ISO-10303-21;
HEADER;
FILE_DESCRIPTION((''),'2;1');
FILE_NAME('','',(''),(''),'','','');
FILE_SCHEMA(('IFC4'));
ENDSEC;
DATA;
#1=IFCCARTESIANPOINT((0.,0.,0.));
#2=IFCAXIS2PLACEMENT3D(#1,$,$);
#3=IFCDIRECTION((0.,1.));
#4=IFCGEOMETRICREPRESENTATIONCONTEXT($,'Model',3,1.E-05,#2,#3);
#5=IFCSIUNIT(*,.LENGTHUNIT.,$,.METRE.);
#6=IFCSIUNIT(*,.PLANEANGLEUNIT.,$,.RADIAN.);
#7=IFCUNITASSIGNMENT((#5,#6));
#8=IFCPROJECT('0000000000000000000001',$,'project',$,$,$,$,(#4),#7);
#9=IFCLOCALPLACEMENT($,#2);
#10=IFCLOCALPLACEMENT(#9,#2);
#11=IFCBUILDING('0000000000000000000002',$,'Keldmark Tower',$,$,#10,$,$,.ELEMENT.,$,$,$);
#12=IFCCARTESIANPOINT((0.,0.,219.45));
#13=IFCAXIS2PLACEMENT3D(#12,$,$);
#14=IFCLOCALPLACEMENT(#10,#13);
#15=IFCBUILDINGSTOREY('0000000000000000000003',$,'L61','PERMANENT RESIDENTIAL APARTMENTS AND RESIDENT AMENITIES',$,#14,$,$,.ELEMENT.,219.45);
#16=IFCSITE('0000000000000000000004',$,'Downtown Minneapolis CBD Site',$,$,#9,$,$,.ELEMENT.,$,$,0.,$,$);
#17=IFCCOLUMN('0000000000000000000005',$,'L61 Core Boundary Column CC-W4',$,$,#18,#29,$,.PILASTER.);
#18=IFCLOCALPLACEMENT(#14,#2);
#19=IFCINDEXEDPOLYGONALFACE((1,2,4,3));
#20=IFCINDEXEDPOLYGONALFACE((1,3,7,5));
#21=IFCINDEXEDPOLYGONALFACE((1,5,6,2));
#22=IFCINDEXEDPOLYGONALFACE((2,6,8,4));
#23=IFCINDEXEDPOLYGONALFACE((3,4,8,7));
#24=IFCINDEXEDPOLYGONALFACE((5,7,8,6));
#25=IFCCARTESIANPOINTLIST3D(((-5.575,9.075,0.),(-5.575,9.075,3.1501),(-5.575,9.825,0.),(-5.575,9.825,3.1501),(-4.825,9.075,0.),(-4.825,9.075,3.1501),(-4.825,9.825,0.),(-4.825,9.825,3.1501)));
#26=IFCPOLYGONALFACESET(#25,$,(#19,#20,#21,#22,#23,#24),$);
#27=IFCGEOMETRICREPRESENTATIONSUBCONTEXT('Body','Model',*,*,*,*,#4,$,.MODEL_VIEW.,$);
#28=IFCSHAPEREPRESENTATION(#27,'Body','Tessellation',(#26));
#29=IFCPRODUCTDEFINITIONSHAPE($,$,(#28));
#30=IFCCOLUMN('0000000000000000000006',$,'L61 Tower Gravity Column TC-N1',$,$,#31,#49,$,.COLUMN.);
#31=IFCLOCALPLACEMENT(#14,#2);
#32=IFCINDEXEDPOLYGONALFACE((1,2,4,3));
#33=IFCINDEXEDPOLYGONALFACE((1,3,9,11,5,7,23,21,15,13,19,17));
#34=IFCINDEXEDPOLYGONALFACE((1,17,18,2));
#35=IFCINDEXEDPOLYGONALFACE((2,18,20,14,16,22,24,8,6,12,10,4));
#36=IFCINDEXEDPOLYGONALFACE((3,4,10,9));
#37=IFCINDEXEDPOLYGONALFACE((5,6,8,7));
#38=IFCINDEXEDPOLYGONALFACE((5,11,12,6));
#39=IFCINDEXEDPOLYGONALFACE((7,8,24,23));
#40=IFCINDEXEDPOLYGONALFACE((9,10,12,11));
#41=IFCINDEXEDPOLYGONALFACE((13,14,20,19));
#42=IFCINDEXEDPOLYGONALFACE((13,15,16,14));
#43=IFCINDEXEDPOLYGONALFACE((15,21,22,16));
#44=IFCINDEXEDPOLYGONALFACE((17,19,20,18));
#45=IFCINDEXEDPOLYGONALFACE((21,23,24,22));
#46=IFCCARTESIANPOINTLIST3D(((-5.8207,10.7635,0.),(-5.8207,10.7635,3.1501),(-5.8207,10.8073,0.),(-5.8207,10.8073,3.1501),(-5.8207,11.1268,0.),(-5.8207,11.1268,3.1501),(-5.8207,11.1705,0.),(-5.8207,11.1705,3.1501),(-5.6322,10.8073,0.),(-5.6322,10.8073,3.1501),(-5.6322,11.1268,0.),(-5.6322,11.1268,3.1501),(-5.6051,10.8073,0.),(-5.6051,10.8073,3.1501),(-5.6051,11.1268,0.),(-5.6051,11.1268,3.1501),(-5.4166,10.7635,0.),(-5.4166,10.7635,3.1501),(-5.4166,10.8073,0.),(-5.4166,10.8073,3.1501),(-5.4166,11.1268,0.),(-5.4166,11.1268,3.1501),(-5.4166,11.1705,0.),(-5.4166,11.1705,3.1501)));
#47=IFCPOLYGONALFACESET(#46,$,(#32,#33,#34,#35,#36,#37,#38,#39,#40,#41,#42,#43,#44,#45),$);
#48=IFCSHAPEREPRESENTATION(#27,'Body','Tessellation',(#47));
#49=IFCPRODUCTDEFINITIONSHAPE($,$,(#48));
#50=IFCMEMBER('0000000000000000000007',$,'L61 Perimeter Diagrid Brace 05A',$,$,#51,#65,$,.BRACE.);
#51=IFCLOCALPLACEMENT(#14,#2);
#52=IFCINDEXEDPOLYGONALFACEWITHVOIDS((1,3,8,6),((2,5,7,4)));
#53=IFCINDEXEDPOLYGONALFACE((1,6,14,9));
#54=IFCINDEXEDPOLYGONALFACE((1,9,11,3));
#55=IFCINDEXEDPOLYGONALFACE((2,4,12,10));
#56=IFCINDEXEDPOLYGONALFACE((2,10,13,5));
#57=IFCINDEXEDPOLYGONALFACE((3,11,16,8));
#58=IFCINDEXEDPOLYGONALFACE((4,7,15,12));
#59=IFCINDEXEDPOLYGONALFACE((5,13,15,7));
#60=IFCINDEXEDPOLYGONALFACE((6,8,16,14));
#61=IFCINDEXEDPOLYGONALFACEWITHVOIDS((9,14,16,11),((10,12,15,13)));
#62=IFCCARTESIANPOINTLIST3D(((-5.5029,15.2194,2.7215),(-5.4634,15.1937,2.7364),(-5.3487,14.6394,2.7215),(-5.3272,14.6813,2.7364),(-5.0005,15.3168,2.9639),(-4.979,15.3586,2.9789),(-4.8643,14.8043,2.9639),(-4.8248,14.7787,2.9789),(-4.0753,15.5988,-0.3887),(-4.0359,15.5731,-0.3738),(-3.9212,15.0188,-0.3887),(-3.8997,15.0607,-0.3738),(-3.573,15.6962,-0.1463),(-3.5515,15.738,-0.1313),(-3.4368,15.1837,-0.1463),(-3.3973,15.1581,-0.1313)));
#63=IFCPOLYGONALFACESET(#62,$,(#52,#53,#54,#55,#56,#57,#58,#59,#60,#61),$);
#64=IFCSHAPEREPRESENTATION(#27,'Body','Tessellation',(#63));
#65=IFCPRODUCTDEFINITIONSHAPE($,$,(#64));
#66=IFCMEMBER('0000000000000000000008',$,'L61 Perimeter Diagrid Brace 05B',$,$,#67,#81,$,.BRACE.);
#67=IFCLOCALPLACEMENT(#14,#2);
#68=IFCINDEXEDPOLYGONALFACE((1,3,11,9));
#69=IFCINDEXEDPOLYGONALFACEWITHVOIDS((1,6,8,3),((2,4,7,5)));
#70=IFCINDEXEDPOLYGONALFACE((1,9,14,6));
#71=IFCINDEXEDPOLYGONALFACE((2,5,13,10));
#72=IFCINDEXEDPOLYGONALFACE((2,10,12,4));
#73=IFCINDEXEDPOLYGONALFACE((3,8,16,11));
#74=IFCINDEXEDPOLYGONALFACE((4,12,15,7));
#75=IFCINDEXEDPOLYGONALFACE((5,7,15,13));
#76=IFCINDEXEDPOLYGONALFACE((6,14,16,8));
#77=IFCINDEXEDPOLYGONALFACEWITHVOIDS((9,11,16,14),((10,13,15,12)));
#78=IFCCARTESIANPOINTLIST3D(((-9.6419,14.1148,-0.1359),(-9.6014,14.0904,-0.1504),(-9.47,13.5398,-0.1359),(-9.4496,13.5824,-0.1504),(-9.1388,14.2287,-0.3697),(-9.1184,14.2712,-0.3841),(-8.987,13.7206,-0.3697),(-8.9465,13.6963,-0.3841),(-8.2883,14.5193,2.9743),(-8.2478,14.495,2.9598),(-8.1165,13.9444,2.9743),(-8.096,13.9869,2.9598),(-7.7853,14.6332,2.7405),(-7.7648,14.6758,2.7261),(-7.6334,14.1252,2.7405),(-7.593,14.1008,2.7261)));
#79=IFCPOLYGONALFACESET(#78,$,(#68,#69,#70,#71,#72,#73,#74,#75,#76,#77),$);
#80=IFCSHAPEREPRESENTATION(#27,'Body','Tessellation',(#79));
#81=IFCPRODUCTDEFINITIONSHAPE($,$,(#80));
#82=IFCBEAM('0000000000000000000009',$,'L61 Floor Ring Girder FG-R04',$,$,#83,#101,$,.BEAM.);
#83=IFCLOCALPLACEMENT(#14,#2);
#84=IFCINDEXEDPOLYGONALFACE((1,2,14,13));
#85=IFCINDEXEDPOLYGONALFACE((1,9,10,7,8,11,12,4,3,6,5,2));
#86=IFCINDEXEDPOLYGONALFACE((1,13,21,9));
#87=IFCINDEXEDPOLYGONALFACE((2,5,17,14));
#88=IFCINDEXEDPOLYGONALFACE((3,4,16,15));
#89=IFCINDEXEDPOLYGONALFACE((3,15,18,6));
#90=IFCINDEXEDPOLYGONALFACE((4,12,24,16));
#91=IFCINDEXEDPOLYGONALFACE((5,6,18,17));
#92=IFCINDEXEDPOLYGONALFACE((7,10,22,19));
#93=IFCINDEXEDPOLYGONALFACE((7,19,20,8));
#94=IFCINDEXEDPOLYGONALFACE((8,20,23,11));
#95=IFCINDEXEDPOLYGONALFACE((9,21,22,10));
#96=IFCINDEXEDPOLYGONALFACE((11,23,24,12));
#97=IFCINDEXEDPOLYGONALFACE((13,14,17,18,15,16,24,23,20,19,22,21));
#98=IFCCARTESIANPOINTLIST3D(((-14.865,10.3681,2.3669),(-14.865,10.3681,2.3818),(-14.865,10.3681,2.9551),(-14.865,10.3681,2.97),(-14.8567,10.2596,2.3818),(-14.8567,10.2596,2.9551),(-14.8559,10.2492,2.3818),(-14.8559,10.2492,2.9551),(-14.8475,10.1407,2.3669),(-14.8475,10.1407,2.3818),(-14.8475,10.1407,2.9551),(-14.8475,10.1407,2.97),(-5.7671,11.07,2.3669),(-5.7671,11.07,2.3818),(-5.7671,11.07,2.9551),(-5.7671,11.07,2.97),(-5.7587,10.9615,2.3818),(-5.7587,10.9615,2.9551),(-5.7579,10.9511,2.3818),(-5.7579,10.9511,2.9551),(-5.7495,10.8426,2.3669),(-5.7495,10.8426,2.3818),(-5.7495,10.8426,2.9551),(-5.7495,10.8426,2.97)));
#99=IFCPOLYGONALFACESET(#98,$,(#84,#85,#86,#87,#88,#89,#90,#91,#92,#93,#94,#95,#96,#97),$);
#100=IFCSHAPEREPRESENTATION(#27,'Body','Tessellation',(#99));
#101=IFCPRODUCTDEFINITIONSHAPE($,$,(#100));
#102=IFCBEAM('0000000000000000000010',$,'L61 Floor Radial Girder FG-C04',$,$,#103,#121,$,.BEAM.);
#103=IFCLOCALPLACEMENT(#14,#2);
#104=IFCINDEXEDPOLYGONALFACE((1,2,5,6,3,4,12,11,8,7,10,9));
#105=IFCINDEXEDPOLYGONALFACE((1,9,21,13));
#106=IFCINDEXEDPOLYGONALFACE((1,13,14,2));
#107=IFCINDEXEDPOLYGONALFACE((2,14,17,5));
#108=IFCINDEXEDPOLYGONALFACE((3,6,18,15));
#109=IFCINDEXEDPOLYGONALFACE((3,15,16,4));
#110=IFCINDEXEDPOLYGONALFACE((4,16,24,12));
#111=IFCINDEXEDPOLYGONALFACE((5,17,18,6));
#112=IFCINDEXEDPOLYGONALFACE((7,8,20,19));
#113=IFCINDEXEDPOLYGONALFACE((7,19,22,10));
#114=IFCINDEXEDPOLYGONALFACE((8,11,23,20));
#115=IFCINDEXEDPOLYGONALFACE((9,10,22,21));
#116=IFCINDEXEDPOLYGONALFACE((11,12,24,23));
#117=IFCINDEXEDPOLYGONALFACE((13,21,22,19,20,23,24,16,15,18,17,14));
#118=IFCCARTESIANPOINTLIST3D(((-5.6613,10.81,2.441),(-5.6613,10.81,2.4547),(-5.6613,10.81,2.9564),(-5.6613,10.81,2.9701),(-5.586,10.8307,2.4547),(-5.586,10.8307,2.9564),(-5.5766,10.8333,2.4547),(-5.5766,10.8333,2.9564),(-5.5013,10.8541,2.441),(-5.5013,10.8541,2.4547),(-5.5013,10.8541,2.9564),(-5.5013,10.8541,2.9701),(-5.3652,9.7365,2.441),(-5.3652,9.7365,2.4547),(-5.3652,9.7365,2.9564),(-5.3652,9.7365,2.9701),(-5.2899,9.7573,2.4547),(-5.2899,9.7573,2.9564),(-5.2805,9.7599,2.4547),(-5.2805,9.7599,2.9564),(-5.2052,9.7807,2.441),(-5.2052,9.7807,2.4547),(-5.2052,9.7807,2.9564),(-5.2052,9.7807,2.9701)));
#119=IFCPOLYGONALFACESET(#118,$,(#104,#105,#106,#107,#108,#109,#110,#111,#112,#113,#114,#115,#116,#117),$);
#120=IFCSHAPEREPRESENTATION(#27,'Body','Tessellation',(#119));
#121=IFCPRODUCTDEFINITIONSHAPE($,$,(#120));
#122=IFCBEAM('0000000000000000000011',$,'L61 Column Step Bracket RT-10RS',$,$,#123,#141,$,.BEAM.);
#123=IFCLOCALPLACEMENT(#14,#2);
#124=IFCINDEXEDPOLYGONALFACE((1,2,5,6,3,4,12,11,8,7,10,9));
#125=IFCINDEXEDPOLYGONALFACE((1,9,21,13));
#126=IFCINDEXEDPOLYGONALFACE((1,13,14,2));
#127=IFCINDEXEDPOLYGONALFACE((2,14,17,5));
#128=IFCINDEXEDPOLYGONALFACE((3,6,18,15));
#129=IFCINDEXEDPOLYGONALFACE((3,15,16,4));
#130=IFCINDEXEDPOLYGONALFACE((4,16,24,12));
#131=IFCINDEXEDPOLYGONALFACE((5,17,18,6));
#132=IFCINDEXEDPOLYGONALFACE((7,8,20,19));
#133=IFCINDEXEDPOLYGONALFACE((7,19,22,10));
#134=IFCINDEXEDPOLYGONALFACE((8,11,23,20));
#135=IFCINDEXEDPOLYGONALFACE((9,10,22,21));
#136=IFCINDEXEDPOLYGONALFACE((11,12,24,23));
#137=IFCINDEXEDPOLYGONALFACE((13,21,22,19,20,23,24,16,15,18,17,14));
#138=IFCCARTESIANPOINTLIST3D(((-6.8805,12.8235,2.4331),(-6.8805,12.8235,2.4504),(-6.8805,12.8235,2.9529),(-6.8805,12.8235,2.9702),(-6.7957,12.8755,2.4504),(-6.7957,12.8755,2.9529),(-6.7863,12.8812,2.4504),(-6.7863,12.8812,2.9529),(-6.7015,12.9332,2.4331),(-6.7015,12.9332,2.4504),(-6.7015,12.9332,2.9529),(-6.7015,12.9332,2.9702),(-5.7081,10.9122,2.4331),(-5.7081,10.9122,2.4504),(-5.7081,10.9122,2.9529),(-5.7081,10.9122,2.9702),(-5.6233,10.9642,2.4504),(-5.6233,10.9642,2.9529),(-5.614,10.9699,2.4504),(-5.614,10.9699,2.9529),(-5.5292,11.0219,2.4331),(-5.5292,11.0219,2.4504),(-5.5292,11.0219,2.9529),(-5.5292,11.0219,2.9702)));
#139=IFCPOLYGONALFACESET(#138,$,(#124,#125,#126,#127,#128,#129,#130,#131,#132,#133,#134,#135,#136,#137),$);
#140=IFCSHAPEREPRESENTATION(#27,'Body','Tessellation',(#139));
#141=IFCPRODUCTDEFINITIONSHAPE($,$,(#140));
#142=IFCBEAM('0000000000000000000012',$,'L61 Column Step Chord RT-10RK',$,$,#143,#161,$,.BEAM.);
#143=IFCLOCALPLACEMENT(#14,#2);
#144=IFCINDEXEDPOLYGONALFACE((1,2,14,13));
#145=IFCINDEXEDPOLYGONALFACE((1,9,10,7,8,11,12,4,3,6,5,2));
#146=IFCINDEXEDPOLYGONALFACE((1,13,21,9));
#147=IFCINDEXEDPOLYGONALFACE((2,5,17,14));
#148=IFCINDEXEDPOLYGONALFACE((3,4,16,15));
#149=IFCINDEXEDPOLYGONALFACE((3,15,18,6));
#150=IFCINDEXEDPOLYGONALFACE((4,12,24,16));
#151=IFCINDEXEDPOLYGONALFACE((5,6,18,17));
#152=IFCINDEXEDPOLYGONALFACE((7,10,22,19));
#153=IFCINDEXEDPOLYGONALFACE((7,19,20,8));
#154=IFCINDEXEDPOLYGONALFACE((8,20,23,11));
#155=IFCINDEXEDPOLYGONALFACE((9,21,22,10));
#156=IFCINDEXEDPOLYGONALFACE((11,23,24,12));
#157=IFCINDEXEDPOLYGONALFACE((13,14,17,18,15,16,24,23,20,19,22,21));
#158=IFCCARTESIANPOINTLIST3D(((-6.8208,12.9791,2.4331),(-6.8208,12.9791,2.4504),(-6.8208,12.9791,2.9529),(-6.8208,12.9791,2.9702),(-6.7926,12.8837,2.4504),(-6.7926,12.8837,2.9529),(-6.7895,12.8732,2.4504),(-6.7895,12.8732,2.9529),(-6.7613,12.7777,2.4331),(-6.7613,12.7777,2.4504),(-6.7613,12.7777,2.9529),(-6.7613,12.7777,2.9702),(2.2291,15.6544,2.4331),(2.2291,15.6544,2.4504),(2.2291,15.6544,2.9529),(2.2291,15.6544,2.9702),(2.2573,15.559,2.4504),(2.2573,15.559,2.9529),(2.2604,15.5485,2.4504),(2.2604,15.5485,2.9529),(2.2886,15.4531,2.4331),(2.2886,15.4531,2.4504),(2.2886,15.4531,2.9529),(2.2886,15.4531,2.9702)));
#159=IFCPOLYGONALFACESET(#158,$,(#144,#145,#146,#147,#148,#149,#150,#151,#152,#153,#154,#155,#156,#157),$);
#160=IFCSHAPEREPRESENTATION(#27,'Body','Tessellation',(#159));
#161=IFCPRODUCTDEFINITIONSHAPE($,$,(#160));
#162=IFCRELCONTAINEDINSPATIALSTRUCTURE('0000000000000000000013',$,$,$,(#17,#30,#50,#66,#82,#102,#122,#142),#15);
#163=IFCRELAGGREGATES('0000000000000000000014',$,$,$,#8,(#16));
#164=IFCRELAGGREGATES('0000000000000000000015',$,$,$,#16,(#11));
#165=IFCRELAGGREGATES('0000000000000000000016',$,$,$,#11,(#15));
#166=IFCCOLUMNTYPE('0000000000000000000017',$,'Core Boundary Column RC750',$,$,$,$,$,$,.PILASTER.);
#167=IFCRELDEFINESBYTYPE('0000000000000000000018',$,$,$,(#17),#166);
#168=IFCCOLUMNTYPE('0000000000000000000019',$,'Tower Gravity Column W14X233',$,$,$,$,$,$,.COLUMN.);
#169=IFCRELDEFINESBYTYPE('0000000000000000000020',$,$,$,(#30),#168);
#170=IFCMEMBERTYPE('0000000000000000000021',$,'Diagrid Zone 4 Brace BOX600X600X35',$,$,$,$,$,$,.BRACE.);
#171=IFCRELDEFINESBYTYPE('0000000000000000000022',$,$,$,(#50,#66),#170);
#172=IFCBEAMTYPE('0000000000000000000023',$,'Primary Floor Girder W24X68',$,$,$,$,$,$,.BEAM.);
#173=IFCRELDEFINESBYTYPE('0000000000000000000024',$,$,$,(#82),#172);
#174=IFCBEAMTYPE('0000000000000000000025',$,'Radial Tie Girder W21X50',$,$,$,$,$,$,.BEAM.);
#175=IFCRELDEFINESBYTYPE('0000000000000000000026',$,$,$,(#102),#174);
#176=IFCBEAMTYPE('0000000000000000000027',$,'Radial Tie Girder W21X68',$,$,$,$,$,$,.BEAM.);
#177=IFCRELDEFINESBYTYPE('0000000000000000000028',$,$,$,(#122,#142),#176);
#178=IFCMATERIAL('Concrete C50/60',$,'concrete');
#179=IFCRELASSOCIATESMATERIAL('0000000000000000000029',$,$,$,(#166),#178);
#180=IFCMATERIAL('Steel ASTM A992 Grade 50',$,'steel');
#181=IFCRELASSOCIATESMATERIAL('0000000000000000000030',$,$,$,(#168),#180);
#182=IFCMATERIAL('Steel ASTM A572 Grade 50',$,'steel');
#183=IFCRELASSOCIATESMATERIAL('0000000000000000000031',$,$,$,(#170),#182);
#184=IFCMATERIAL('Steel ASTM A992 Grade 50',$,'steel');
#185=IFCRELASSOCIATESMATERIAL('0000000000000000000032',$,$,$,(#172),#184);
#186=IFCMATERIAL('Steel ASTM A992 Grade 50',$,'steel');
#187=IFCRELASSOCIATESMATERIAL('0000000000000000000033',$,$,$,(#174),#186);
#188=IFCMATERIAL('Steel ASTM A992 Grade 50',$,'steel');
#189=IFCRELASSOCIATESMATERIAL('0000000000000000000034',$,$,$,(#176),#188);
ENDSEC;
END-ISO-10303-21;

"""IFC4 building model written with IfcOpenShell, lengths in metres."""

from ifc_helpers import new_model, si_unit, direction, frame, origin, origin_2d, place, context, subcontext, project, spatial, rectangle, hollow_rectangle, i_section, extrude, material, material_profile, profile_set, type_object, element, save


model = new_model("IFC4")

# Units and contexts
model_context = context("Model", 3, precision=1e-05, world=origin(), true_north=direction((0.0, 1.0)))
body_context = subcontext(model_context, "Body", "Model", "MODEL_VIEW")
ifc_project = project(units=[si_unit("LENGTHUNIT", "METRE"), si_unit("PLANEANGLEUNIT", "RADIAN")], contexts=[model_context])

# Site, building, storey
site_placement = place(None, origin())
site = spatial("IfcSite", under=ifc_project, at=site_placement, Name="Downtown Minneapolis CBD Site", CompositionType="ELEMENT", RefElevation=0.0)
building_placement = place(site_placement, origin())
building = spatial("IfcBuilding", under=site, at=building_placement, Name="Keldmark Tower", CompositionType="ELEMENT")
storey_placement = place(building_placement, frame((0.0, 0.0, 219.45)))
storey = spatial("IfcBuildingStorey", under=building, at=storey_placement, Name="L61", Description="PERMANENT RESIDENTIAL APARTMENTS AND RESIDENT AMENITIES", CompositionType="ELEMENT", Elevation=219.45)

# Columns
ifc_material_1 = material(Name="Concrete C50/60", Category="concrete")
ifc_material_profile_1 = material_profile(ifc_material_1, rectangle(XDim=0.75, YDim=0.75, at=origin_2d()), Name="RC750X750")
ifc_profile_set_1 = profile_set([ifc_material_profile_1], Name="Concrete C50/60")
column_type_1 = type_object("IfcColumnType", Name="Core Boundary Column RC750", PredefinedType="PILASTER", material=ifc_profile_set_1)
column_1_placement = place(storey_placement, frame((-5.2, 9.45, 0.0), z_axis=(0.0, 0.0, 1.0), x_axis=(1.0, 0.0, 0.0)))
element("IfcColumn", 1, at=column_1_placement, inside=storey, type_object=column_type_1, Name="L61 Core Boundary Column CC-W4", PredefinedType="PILASTER", context=body_context, shape_type="SweptSolid", body=[
    extrude(rectangle(XDim=0.75, YDim=0.75, at=origin_2d()), origin(), (0.0, 0.0, 1.0), 3.1501),
])
ifc_material_2 = material(Name="Steel ASTM A992 Grade 50", Category="steel")
ifc_material_profile_2 = material_profile(ifc_material_2, i_section(OverallWidth=0.4041, OverallDepth=0.407, WebThickness=0.0271, FlangeThickness=0.0437, at=origin_2d()), Name="W14X233")
ifc_profile_set_2 = profile_set([ifc_material_profile_2], Name="Steel ASTM A992 Grade 50")
column_type_2 = type_object("IfcColumnType", Name="Tower Gravity Column W14X233", PredefinedType="COLUMN", material=ifc_profile_set_2)
column_2_placement = place(storey_placement, frame((-5.6187, 10.967, 0.0), z_axis=(0.0, 0.0, 1.0), x_axis=(1.0, 0.0, 0.0)))
element("IfcColumn", 2, at=column_2_placement, inside=storey, type_object=column_type_2, Name="L61 Tower Gravity Column TC-N1", PredefinedType="COLUMN", context=body_context, shape_type="SweptSolid", body=[
    extrude(i_section(OverallWidth=0.4041, OverallDepth=0.407, WebThickness=0.0271, FlangeThickness=0.0437, at=origin_2d()), origin(), (0.0, 0.0, 1.0), 3.1501),
])

# Members
ifc_material_3 = material(Name="Steel ASTM A572 Grade 50", Category="steel")
ifc_material_profile_3 = material_profile(ifc_material_3, hollow_rectangle(XDim=0.6001, YDim=0.6001, WallThickness=0.0349, at=origin_2d()), Name="BOX600X600X35")
ifc_profile_set_3 = profile_set([ifc_material_profile_3], Name="Steel ASTM A572 Grade 50")
member_type = type_object("IfcMemberType", Name="Diagrid Zone 4 Brace BOX600X600X35", PredefinedType="BRACE", material=ifc_profile_set_3)
member_1_placement = place(storey_placement, frame((-3.7363, 15.3784, -0.26), z_axis=(-0.414603, -0.110192, 0.903306), x_axis=(0.25686, -0.966449, 0.0)))
element("IfcMember", 3, at=member_1_placement, inside=storey, type_object=member_type, Name="L61 Perimeter Diagrid Brace 05A", PredefinedType="BRACE", context=body_context, shape_type="SweptSolid", body=[
    extrude(hollow_rectangle(XDim=0.6001, YDim=0.6001, WallThickness=0.0349, at=origin_2d()), origin(), (0.0, 0.0, 1.0), 3.4431),
])
member_2_placement = place(storey_placement, frame((-9.2942, 13.9055, -0.26), z_axis=(0.396239, 0.118429, 0.910478), x_axis=(-0.286365, 0.958121, 0.0)))
element("IfcMember", 4, at=member_2_placement, inside=storey, type_object=member_type, Name="L61 Perimeter Diagrid Brace 05B", PredefinedType="BRACE", context=body_context, shape_type="SweptSolid", body=[
    extrude(hollow_rectangle(XDim=0.6001, YDim=0.6001, WallThickness=0.0349, at=origin_2d()), origin(), (0.0, 0.0, 1.0), 3.416),
])

# Beams
ifc_material_4 = material(Name="Steel ASTM A992 Grade 50", Category="steel")
ifc_material_profile_4 = material_profile(ifc_material_4, i_section(OverallWidth=0.228, OverallDepth=0.603, WebThickness=0.0105, FlangeThickness=0.0149, at=origin_2d()), Name="W24X68")
ifc_profile_set_4 = profile_set([ifc_material_profile_4], Name="Steel ASTM A992 Grade 50")
beam_type_1 = type_object("IfcBeamType", Name="Primary Floor Girder W24X68", PredefinedType="BEAM", material=ifc_profile_set_4)
beam_1_placement = place(storey_placement, frame((-5.7583, 10.9563, 2.6685), z_axis=(-0.997037, -0.076922, 0.0), x_axis=(0.076922, -0.997037, 0.0)))
element("IfcBeam", 5, at=beam_1_placement, inside=storey, type_object=beam_type_1, Name="L61 Floor Ring Girder FG-R04", PredefinedType="BEAM", context=body_context, shape_type="SweptSolid", body=[
    extrude(i_section(OverallWidth=0.228, OverallDepth=0.603, WebThickness=0.0105, FlangeThickness=0.0149, at=origin_2d()), origin(), (0.0, 0.0, 1.0), 9.125),
])
ifc_material_5 = material(Name="Steel ASTM A992 Grade 50", Category="steel")
ifc_material_profile_5 = material_profile(ifc_material_5, i_section(OverallWidth=0.166, OverallDepth=0.5291, WebThickness=0.0098, FlangeThickness=0.0137, at=origin_2d()), Name="W21X50")
ifc_profile_set_5 = profile_set([ifc_material_profile_5], Name="Steel ASTM A992 Grade 50")
beam_type_2 = type_object("IfcBeamType", Name="Radial Tie Girder W21X50", PredefinedType="BEAM", material=ifc_profile_set_5)
beam_2_placement = place(storey_placement, frame((-5.5813, 10.832, 2.7056), z_axis=(0.265936, -0.963991, 0.0), x_axis=(0.963991, 0.265936, 0.0)))
element("IfcBeam", 6, at=beam_2_placement, inside=storey, type_object=beam_type_2, Name="L61 Floor Radial Girder FG-C04", PredefinedType="BEAM", context=body_context, shape_type="SweptSolid", body=[
    extrude(i_section(OverallWidth=0.166, OverallDepth=0.5291, WebThickness=0.0098, FlangeThickness=0.0137, at=origin_2d()), origin(), (0.0, 0.0, 1.0), 1.1135),
])
ifc_material_6 = material(Name="Steel ASTM A992 Grade 50", Category="steel")
ifc_material_profile_6 = material_profile(ifc_material_6, i_section(OverallWidth=0.21, OverallDepth=0.5371, WebThickness=0.011, FlangeThickness=0.0173, at=origin_2d()), Name="W21X68")
ifc_profile_set_6 = profile_set([ifc_material_profile_6], Name="Steel ASTM A992 Grade 50")
beam_type_3 = type_object("IfcBeamType", Name="Radial Tie Girder W21X68", PredefinedType="BEAM", material=ifc_profile_set_6)
beam_3_placement = place(storey_placement, frame((-5.6187, 10.967, 2.7017), z_axis=(-0.522845, 0.852428, 0.0), x_axis=(-0.852428, -0.522845, 0.0)))
element("IfcBeam", 7, at=beam_3_placement, inside=storey, type_object=beam_type_3, Name="L61 Column Step Bracket RT-10RS", PredefinedType="BEAM", context=body_context, shape_type="SweptSolid", body=[
    extrude(i_section(OverallWidth=0.21, OverallDepth=0.5371, WebThickness=0.011, FlangeThickness=0.0173, at=origin_2d()), origin(), (0.0, 0.0, 1.0), 2.2422),
])
beam_4_placement = place(storey_placement, frame((-6.791, 12.8784, 2.7017), z_axis=(0.958975, 0.283491, 0.0), x_axis=(-0.283491, 0.958975, 0.0)))
element("IfcBeam", 8, at=beam_4_placement, inside=storey, type_object=beam_type_3, Name="L61 Column Step Chord RT-10RK", PredefinedType="BEAM", context=body_context, shape_type="SweptSolid", body=[
    extrude(i_section(OverallWidth=0.21, OverallDepth=0.5371, WebThickness=0.011, FlangeThickness=0.0173, at=origin_2d()), origin(), (0.0, 0.0, 1.0), 9.437),
])

save(model, "model.ifc")
